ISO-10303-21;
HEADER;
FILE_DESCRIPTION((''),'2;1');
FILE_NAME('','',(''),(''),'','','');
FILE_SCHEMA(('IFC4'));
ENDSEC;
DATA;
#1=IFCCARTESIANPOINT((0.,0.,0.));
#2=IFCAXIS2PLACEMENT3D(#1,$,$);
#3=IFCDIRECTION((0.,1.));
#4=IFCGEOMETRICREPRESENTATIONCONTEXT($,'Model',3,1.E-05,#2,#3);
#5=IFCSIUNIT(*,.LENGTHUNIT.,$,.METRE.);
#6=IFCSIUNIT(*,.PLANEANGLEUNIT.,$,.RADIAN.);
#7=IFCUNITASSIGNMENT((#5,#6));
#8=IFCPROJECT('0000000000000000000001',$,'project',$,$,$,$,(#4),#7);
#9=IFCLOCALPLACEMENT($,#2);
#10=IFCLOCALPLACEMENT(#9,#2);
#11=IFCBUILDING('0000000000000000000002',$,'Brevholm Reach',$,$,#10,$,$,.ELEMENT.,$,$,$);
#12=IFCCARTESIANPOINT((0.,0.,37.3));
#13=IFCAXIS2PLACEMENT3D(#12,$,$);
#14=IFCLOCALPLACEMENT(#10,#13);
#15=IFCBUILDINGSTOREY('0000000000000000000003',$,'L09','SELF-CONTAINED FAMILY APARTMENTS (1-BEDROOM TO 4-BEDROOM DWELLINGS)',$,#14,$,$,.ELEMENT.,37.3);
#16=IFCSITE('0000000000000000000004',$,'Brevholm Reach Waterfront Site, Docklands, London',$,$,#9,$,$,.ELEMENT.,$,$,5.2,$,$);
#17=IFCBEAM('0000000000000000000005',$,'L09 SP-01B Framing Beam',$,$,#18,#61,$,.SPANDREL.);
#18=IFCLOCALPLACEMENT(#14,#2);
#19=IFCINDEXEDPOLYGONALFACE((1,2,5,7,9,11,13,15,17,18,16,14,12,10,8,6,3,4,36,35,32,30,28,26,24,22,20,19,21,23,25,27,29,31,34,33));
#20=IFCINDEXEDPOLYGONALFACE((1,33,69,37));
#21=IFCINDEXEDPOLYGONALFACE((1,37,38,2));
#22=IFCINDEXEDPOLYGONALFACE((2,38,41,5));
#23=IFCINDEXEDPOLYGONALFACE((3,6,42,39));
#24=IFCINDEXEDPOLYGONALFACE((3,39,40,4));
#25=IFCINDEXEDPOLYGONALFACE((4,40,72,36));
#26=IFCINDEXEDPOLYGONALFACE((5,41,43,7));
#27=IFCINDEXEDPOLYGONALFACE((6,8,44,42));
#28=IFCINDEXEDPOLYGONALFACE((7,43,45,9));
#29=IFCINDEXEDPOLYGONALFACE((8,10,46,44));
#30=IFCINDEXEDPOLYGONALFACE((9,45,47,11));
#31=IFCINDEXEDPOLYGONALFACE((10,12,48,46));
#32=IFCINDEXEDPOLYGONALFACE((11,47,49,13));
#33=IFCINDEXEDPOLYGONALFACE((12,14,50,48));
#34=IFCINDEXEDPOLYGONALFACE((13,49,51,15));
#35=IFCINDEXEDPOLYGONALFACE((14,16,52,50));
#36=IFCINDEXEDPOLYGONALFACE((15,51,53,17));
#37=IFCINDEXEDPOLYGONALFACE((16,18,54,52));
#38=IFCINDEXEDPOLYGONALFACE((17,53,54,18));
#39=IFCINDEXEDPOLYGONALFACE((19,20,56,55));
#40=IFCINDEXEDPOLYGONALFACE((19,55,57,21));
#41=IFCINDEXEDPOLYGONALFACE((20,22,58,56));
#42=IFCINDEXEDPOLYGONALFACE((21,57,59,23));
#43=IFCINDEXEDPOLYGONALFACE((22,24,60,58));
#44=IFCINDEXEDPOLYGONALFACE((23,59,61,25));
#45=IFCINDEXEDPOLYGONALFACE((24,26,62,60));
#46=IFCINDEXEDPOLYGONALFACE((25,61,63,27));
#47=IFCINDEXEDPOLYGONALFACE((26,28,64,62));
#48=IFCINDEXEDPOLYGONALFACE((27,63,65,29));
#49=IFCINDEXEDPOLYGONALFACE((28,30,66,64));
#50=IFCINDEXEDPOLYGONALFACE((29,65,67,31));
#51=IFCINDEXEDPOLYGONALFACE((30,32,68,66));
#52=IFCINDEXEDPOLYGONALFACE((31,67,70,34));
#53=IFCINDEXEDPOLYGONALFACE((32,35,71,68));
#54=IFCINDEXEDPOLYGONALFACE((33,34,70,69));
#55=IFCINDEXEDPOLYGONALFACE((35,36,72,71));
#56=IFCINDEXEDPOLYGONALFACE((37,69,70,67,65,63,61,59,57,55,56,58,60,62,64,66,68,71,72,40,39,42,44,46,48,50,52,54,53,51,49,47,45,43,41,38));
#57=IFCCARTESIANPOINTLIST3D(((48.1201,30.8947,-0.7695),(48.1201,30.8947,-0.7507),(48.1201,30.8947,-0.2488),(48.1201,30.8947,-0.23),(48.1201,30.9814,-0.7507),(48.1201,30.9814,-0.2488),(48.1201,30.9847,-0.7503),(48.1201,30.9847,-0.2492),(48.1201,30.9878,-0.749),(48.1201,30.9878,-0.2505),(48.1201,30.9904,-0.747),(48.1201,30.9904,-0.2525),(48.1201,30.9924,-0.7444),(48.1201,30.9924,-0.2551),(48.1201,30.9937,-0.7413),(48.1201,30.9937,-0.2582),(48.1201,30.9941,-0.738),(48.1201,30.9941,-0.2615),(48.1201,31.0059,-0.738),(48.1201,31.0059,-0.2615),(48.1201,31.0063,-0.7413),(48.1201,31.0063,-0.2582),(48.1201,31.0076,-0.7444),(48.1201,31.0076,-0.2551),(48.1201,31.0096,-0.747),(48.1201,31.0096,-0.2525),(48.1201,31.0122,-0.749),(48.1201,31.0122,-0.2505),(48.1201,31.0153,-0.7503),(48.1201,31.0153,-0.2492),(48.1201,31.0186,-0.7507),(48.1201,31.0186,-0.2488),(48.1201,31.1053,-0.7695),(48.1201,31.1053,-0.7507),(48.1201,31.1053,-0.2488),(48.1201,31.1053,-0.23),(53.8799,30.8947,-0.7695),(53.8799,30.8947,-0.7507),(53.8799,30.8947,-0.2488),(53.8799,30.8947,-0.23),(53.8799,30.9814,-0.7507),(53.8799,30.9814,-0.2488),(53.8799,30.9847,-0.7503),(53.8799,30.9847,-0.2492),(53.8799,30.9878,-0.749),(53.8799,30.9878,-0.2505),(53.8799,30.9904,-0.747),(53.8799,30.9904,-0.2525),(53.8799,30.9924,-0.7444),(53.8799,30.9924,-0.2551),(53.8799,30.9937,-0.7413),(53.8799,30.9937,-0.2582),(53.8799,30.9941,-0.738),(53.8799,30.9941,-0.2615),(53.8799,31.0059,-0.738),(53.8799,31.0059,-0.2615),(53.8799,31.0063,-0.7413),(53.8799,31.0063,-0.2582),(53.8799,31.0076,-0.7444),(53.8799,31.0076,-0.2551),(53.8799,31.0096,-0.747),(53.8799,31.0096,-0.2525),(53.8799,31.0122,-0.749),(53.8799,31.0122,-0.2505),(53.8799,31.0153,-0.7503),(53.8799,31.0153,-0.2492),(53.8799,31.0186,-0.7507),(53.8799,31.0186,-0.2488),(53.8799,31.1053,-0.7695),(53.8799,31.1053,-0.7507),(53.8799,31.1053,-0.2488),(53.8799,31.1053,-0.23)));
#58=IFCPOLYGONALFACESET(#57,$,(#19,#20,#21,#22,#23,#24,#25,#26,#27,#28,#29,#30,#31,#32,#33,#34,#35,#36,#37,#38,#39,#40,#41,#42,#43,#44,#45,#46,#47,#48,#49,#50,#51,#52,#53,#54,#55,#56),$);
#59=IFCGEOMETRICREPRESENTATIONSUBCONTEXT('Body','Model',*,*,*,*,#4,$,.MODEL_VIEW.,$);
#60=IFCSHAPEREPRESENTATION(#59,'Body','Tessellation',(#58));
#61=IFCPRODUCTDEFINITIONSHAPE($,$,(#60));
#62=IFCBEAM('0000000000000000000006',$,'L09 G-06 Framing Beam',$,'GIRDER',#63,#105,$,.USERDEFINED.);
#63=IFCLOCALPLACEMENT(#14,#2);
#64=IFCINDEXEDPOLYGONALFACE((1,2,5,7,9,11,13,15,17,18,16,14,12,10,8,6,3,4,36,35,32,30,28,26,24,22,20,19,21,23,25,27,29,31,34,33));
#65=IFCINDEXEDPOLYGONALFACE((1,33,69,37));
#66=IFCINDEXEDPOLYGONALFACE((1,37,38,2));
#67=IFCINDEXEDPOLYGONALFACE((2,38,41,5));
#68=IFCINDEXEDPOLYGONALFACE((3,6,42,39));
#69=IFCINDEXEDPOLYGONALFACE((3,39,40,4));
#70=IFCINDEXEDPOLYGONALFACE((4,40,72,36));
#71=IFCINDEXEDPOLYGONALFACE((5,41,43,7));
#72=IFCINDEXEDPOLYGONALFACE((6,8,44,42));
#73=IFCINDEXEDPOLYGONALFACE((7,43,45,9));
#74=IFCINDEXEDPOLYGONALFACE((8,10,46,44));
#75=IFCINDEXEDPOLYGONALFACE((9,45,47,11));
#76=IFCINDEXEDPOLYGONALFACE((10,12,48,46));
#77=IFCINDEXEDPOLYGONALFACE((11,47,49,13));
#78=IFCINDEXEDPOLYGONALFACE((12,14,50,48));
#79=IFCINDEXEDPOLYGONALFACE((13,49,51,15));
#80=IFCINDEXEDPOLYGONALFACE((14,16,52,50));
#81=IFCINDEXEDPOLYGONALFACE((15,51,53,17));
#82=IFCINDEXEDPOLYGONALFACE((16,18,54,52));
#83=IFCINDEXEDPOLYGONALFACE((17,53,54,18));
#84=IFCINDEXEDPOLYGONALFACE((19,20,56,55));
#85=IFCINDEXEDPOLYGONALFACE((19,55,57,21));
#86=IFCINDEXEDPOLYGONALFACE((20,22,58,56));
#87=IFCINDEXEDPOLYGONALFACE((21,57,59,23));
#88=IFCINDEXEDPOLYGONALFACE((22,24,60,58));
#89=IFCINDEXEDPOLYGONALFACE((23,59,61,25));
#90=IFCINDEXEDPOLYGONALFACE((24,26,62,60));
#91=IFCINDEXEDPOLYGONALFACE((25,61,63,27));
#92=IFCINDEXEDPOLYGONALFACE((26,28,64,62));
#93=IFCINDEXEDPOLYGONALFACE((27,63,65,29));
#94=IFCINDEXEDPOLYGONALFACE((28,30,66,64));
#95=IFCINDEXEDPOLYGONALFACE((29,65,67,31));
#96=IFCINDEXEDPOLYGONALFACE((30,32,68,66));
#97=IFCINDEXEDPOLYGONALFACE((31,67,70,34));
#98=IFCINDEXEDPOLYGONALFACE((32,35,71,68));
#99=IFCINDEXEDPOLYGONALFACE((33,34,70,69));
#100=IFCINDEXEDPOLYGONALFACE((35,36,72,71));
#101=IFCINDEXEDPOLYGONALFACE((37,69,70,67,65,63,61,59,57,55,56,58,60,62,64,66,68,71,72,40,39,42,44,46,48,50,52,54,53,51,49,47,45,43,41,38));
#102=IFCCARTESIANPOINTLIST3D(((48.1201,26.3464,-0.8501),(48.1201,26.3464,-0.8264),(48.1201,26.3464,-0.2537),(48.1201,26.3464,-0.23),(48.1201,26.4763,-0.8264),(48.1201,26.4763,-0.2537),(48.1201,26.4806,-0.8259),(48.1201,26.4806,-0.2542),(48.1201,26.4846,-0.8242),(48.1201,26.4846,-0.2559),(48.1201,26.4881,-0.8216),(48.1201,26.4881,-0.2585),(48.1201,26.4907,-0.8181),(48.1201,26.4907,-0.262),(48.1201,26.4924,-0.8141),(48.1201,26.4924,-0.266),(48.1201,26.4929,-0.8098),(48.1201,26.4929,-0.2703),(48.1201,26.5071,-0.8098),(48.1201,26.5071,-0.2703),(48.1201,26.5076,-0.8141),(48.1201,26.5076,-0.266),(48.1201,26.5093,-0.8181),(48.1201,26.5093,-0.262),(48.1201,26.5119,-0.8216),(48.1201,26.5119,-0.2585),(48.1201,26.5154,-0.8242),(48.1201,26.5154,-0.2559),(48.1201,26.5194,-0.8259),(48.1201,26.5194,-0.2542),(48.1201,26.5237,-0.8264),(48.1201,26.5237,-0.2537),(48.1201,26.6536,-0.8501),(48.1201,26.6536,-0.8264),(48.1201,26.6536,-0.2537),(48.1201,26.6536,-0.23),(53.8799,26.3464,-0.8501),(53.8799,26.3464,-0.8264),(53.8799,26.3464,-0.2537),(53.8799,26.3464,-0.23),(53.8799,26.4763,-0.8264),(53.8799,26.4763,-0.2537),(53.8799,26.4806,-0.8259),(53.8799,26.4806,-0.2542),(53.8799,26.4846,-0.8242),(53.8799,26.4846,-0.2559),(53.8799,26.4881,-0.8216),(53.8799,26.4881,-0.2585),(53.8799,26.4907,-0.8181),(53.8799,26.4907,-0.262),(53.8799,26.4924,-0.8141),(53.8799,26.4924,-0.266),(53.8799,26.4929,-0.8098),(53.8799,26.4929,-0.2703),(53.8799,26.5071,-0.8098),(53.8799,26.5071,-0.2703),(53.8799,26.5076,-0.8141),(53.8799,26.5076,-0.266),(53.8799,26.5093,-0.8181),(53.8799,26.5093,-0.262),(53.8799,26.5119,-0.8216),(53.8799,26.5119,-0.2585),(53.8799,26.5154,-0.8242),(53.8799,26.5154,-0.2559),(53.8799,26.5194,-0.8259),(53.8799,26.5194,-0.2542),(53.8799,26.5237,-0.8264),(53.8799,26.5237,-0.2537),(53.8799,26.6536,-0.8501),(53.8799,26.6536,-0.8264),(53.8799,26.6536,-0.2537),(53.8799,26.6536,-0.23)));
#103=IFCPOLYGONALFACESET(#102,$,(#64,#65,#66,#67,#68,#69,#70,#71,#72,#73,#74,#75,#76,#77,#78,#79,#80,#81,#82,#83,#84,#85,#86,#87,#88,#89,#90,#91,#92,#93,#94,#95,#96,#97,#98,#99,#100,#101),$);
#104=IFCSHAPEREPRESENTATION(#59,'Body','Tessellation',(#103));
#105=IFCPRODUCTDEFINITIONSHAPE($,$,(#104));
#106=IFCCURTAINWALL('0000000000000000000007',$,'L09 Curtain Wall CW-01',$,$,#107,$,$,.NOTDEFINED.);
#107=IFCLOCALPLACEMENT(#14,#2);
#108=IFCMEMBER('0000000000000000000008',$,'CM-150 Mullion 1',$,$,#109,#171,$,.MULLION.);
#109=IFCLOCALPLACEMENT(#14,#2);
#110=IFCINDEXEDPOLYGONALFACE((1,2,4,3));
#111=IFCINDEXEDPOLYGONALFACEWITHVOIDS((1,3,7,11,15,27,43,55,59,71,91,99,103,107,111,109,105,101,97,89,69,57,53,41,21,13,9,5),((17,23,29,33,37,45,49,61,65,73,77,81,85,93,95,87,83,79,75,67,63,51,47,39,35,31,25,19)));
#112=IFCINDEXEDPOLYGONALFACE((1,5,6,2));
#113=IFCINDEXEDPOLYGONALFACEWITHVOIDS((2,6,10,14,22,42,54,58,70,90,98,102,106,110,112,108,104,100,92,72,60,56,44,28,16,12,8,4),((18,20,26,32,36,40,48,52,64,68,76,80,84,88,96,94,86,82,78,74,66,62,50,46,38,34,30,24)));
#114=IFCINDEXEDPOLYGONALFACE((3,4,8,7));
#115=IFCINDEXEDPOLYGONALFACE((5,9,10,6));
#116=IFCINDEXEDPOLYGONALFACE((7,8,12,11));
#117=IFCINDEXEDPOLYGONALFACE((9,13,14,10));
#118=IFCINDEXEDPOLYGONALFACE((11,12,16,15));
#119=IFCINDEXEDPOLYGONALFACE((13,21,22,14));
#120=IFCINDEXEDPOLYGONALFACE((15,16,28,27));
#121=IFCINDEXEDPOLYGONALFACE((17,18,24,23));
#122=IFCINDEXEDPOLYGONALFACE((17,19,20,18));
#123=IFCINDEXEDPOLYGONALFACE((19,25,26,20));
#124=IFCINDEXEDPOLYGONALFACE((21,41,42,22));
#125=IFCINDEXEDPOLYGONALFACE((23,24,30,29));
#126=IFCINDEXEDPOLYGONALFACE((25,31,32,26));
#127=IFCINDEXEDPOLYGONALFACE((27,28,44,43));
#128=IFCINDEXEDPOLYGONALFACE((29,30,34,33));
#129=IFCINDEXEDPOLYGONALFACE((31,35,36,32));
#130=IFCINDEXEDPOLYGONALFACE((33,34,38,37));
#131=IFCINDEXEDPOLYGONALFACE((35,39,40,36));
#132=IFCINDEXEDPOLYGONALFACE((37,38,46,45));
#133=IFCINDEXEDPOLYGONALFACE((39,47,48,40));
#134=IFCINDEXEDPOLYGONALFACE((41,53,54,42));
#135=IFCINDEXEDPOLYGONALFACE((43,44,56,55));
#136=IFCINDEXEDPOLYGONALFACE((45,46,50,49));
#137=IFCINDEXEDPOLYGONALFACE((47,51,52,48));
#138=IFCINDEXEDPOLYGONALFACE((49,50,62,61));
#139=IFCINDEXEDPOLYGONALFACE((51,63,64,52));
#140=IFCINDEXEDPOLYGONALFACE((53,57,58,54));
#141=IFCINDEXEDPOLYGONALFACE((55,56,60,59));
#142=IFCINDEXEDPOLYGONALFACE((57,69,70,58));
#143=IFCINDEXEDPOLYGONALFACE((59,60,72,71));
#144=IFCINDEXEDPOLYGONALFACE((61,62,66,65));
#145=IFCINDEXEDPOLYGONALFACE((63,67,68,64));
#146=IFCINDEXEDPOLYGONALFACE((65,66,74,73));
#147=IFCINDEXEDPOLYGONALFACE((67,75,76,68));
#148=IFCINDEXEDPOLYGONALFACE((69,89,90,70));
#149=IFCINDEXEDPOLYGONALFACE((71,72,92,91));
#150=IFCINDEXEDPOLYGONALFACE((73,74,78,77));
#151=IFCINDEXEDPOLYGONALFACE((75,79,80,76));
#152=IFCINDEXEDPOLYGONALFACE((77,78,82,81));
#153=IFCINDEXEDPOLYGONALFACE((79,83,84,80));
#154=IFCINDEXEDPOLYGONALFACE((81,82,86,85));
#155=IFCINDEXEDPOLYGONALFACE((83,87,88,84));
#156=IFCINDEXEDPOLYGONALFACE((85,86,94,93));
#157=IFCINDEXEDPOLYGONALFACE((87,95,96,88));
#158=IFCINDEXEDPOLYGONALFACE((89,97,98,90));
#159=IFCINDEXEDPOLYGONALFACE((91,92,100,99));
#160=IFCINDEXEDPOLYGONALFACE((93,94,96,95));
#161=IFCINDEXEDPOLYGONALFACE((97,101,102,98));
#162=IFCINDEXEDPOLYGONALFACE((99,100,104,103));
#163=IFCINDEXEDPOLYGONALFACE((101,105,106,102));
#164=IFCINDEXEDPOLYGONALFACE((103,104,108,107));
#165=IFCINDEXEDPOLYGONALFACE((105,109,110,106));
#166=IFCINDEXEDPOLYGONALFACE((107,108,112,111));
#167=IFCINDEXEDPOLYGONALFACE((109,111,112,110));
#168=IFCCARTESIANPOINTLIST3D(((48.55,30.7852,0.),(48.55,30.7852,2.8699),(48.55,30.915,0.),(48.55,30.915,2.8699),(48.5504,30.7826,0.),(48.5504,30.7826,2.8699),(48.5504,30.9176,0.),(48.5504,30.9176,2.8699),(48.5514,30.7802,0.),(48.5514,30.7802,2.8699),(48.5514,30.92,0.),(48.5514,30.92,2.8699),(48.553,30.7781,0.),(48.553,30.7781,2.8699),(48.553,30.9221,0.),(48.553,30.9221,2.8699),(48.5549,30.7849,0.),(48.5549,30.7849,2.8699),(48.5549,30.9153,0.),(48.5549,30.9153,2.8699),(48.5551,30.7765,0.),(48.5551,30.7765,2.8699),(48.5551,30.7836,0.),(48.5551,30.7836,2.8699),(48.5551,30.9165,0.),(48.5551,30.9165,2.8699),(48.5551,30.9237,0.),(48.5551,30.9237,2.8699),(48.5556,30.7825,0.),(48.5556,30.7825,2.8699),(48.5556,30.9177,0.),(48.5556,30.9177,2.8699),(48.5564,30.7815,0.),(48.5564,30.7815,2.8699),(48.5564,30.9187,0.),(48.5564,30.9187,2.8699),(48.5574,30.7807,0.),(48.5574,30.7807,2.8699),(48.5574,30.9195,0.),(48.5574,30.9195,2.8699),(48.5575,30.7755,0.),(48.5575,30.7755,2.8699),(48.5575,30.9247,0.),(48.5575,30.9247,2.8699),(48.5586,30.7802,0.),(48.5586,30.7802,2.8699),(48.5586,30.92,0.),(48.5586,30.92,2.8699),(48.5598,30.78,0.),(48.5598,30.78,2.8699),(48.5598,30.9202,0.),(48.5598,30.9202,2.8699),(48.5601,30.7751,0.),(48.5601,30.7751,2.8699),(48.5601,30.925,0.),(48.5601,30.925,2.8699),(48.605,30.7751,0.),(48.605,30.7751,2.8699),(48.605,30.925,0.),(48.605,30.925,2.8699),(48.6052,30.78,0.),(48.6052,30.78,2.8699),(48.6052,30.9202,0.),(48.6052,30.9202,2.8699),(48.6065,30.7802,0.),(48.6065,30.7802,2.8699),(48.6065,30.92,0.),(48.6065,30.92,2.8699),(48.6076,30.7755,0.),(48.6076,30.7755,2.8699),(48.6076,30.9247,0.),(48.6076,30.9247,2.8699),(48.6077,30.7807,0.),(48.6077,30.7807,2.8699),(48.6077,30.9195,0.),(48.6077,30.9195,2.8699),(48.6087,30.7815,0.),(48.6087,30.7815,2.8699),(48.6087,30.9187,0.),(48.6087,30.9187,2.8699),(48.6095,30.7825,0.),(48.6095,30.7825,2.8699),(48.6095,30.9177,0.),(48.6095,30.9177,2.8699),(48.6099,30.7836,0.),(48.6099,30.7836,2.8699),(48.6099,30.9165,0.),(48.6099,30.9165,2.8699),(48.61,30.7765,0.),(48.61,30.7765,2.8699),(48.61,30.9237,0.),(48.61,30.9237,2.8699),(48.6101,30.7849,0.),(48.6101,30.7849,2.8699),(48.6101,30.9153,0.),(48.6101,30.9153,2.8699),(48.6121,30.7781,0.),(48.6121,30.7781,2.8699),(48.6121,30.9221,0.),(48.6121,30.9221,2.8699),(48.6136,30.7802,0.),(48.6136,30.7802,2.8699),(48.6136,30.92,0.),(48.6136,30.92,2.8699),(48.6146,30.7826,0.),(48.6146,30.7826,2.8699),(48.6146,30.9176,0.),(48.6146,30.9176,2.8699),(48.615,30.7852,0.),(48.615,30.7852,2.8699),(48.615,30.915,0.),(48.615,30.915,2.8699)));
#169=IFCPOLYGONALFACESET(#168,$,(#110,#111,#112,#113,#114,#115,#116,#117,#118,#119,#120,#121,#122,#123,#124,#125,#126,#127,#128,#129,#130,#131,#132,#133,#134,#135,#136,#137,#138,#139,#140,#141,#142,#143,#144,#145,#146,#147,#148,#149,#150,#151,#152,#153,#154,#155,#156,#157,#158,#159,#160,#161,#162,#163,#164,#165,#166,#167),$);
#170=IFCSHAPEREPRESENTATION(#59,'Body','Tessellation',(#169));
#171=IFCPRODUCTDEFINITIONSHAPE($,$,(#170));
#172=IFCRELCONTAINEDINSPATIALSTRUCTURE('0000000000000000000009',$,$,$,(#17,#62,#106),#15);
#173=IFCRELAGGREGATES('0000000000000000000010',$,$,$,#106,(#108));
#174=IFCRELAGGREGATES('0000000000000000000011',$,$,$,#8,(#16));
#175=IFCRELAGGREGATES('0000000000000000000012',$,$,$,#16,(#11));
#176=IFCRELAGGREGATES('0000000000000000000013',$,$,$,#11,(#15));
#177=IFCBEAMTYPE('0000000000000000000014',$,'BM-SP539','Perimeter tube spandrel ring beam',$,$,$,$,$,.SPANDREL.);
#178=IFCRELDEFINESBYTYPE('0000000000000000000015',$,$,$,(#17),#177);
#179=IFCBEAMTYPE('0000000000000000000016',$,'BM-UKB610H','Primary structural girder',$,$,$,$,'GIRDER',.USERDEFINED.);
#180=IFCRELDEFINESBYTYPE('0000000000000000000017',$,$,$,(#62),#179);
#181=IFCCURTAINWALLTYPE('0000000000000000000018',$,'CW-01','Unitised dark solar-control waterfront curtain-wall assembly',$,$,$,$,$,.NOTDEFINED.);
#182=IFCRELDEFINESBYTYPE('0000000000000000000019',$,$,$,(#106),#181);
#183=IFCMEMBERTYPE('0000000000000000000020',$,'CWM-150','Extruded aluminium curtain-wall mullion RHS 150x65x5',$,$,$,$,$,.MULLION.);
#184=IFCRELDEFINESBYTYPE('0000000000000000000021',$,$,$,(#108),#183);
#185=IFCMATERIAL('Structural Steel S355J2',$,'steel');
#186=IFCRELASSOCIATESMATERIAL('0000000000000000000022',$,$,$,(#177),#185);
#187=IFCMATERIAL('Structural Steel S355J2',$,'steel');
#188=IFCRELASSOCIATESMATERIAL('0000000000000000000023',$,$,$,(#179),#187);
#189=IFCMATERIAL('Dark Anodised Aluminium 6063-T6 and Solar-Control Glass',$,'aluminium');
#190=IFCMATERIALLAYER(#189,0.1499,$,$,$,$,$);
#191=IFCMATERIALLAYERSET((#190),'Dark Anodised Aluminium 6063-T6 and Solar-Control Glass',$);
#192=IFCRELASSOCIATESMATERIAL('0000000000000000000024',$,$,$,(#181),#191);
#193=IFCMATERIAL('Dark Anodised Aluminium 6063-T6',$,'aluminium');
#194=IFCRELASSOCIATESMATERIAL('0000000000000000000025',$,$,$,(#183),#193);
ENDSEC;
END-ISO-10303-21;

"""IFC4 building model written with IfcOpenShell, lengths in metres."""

from ifc_helpers import new_model, si_unit, direction, frame, origin, origin_2d, place, context, subcontext, project, spatial, hollow_rectangle, i_section, extrude, material, layer, layer_set, material_profile, profile_set, type_object, element, aggregate, save


model = new_model("IFC4")

# Units and contexts
model_context = context("Model", 3, precision=1e-05, world=origin(), true_north=direction((0.0, 1.0)))
body_context = subcontext(model_context, "Body", "Model", "MODEL_VIEW")
ifc_project = project(units=[si_unit("LENGTHUNIT", "METRE"), si_unit("PLANEANGLEUNIT", "RADIAN")], contexts=[model_context])

# Site, building, storey
site_placement = place(None, origin())
site = spatial("IfcSite", under=ifc_project, at=site_placement, Name="Brevholm Reach Waterfront Site, Docklands, London", CompositionType="ELEMENT", RefElevation=5.2)
building_placement = place(site_placement, origin())
building = spatial("IfcBuilding", under=site, at=building_placement, Name="Brevholm Reach", CompositionType="ELEMENT")
storey_placement = place(building_placement, frame((0.0, 0.0, 37.3)))
storey = spatial("IfcBuildingStorey", under=building, at=storey_placement, Name="L09", Description="SELF-CONTAINED FAMILY APARTMENTS (1-BEDROOM TO 4-BEDROOM DWELLINGS)", CompositionType="ELEMENT", Elevation=37.3)

# Beams
ifc_material_1 = material(Name="Structural Steel S355J2", Category="steel")
ifc_material_profile_1 = material_profile(ifc_material_1, i_section(OverallWidth=0.2107, OverallDepth=0.5396, WebThickness=0.0117, FlangeThickness=0.0188, FilletRadius=0.0127, at=origin_2d()), Name="UKB 533x210x109")
ifc_profile_set_1 = profile_set([ifc_material_profile_1], Name="Structural Steel S355J2")
beam_type_1 = type_object("IfcBeamType", Name="BM-SP539", Description="Perimeter tube spandrel ring beam", PredefinedType="SPANDREL", material=ifc_profile_set_1)
beam_1_placement = place(storey_placement, frame((48.1201, 31.0, -0.4998), z_axis=(1.0, 0.0, 0.0), x_axis=(0.0, 1.0, 0.0)))
element("IfcBeam", 1, at=beam_1_placement, inside=storey, type_object=beam_type_1, Name="L09 SP-01B Framing Beam", PredefinedType="SPANDREL", context=body_context, shape_type="SweptSolid", body=[
    extrude(i_section(OverallWidth=0.2107, OverallDepth=0.5396, WebThickness=0.0117, FlangeThickness=0.0188, FilletRadius=0.0127, at=origin_2d()), origin(), (0.0, 0.0, 1.0), 5.7598),
])
ifc_material_2 = material(Name="Structural Steel S355J2", Category="steel")
ifc_material_profile_2 = material_profile(ifc_material_2, i_section(OverallWidth=0.3071, OverallDepth=0.6201, WebThickness=0.0142, FlangeThickness=0.0237, FilletRadius=0.0166, at=origin_2d()), Name="UKB 610x305x179")
ifc_profile_set_2 = profile_set([ifc_material_profile_2], Name="Structural Steel S355J2")
beam_type_2 = type_object("IfcBeamType", Name="BM-UKB610H", Description="Primary structural girder", ElementType="GIRDER", PredefinedType="USERDEFINED", material=ifc_profile_set_2)
beam_2_placement = place(storey_placement, frame((48.1201, 26.5, -0.54), z_axis=(1.0, 0.0, 0.0), x_axis=(0.0, 1.0, 0.0)))
element("IfcBeam", 2, at=beam_2_placement, inside=storey, type_object=beam_type_2, Name="L09 G-06 Framing Beam", ObjectType="GIRDER", PredefinedType="USERDEFINED", context=body_context, shape_type="SweptSolid", body=[
    extrude(i_section(OverallWidth=0.3071, OverallDepth=0.6201, WebThickness=0.0142, FlangeThickness=0.0237, FilletRadius=0.0166, at=origin_2d()), origin(), (0.0, 0.0, 1.0), 5.7598),
])

# Curtain wall, member
ifc_material_3 = material(Name="Dark Anodised Aluminium 6063-T6 and Solar-Control Glass", Category="aluminium")
ifc_layer_1 = layer(ifc_material_3, 0.1499)
ifc_layer_set_1 = layer_set([ifc_layer_1], Name="Dark Anodised Aluminium 6063-T6 and Solar-Control Glass")
curtain_wall_type = type_object("IfcCurtainWallType", Name="CW-01", Description="Unitised dark solar-control waterfront curtain-wall assembly", PredefinedType="NOTDEFINED", material=ifc_layer_set_1)
curtain_wall_placement = place(storey_placement, origin())
curtain_wall = element("IfcCurtainWall", 3, at=curtain_wall_placement, inside=storey, type_object=curtain_wall_type, Name="L09 Curtain Wall CW-01", PredefinedType="NOTDEFINED")
ifc_material_4 = material(Name="Dark Anodised Aluminium 6063-T6", Category="aluminium")
ifc_material_profile_3 = material_profile(ifc_material_4, hollow_rectangle(XDim=0.0649, YDim=0.1499, WallThickness=0.0049, InnerFilletRadius=0.0049, OuterFilletRadius=0.01, at=origin_2d()), Name="RHS 150x65x5")
ifc_profile_set_3 = profile_set([ifc_material_profile_3], Name="Dark Anodised Aluminium 6063-T6")
member_type_1 = type_object("IfcMemberType", Name="CWM-150", Description="Extruded aluminium curtain-wall mullion RHS 150x65x5", PredefinedType="MULLION", material=ifc_profile_set_3)
member_1_placement = place(storey_placement, frame((48.5825, 30.8501, 0.0), z_axis=(0.0, 0.0, 1.0), x_axis=(1.0, 0.0, 0.0)))
member_1 = element("IfcMember", 4, at=member_1_placement, type_object=member_type_1, Name="CM-150 Mullion 1", PredefinedType="MULLION", context=body_context, shape_type="SweptSolid", body=[
    extrude(hollow_rectangle(XDim=0.0649, YDim=0.1499, WallThickness=0.0049, InnerFilletRadius=0.0049, OuterFilletRadius=0.01, at=origin_2d()), origin(), (0.0, 0.0, 1.0), 2.8699),
])
aggregate(curtain_wall, [member_1])

save(model, "model.ifc")
